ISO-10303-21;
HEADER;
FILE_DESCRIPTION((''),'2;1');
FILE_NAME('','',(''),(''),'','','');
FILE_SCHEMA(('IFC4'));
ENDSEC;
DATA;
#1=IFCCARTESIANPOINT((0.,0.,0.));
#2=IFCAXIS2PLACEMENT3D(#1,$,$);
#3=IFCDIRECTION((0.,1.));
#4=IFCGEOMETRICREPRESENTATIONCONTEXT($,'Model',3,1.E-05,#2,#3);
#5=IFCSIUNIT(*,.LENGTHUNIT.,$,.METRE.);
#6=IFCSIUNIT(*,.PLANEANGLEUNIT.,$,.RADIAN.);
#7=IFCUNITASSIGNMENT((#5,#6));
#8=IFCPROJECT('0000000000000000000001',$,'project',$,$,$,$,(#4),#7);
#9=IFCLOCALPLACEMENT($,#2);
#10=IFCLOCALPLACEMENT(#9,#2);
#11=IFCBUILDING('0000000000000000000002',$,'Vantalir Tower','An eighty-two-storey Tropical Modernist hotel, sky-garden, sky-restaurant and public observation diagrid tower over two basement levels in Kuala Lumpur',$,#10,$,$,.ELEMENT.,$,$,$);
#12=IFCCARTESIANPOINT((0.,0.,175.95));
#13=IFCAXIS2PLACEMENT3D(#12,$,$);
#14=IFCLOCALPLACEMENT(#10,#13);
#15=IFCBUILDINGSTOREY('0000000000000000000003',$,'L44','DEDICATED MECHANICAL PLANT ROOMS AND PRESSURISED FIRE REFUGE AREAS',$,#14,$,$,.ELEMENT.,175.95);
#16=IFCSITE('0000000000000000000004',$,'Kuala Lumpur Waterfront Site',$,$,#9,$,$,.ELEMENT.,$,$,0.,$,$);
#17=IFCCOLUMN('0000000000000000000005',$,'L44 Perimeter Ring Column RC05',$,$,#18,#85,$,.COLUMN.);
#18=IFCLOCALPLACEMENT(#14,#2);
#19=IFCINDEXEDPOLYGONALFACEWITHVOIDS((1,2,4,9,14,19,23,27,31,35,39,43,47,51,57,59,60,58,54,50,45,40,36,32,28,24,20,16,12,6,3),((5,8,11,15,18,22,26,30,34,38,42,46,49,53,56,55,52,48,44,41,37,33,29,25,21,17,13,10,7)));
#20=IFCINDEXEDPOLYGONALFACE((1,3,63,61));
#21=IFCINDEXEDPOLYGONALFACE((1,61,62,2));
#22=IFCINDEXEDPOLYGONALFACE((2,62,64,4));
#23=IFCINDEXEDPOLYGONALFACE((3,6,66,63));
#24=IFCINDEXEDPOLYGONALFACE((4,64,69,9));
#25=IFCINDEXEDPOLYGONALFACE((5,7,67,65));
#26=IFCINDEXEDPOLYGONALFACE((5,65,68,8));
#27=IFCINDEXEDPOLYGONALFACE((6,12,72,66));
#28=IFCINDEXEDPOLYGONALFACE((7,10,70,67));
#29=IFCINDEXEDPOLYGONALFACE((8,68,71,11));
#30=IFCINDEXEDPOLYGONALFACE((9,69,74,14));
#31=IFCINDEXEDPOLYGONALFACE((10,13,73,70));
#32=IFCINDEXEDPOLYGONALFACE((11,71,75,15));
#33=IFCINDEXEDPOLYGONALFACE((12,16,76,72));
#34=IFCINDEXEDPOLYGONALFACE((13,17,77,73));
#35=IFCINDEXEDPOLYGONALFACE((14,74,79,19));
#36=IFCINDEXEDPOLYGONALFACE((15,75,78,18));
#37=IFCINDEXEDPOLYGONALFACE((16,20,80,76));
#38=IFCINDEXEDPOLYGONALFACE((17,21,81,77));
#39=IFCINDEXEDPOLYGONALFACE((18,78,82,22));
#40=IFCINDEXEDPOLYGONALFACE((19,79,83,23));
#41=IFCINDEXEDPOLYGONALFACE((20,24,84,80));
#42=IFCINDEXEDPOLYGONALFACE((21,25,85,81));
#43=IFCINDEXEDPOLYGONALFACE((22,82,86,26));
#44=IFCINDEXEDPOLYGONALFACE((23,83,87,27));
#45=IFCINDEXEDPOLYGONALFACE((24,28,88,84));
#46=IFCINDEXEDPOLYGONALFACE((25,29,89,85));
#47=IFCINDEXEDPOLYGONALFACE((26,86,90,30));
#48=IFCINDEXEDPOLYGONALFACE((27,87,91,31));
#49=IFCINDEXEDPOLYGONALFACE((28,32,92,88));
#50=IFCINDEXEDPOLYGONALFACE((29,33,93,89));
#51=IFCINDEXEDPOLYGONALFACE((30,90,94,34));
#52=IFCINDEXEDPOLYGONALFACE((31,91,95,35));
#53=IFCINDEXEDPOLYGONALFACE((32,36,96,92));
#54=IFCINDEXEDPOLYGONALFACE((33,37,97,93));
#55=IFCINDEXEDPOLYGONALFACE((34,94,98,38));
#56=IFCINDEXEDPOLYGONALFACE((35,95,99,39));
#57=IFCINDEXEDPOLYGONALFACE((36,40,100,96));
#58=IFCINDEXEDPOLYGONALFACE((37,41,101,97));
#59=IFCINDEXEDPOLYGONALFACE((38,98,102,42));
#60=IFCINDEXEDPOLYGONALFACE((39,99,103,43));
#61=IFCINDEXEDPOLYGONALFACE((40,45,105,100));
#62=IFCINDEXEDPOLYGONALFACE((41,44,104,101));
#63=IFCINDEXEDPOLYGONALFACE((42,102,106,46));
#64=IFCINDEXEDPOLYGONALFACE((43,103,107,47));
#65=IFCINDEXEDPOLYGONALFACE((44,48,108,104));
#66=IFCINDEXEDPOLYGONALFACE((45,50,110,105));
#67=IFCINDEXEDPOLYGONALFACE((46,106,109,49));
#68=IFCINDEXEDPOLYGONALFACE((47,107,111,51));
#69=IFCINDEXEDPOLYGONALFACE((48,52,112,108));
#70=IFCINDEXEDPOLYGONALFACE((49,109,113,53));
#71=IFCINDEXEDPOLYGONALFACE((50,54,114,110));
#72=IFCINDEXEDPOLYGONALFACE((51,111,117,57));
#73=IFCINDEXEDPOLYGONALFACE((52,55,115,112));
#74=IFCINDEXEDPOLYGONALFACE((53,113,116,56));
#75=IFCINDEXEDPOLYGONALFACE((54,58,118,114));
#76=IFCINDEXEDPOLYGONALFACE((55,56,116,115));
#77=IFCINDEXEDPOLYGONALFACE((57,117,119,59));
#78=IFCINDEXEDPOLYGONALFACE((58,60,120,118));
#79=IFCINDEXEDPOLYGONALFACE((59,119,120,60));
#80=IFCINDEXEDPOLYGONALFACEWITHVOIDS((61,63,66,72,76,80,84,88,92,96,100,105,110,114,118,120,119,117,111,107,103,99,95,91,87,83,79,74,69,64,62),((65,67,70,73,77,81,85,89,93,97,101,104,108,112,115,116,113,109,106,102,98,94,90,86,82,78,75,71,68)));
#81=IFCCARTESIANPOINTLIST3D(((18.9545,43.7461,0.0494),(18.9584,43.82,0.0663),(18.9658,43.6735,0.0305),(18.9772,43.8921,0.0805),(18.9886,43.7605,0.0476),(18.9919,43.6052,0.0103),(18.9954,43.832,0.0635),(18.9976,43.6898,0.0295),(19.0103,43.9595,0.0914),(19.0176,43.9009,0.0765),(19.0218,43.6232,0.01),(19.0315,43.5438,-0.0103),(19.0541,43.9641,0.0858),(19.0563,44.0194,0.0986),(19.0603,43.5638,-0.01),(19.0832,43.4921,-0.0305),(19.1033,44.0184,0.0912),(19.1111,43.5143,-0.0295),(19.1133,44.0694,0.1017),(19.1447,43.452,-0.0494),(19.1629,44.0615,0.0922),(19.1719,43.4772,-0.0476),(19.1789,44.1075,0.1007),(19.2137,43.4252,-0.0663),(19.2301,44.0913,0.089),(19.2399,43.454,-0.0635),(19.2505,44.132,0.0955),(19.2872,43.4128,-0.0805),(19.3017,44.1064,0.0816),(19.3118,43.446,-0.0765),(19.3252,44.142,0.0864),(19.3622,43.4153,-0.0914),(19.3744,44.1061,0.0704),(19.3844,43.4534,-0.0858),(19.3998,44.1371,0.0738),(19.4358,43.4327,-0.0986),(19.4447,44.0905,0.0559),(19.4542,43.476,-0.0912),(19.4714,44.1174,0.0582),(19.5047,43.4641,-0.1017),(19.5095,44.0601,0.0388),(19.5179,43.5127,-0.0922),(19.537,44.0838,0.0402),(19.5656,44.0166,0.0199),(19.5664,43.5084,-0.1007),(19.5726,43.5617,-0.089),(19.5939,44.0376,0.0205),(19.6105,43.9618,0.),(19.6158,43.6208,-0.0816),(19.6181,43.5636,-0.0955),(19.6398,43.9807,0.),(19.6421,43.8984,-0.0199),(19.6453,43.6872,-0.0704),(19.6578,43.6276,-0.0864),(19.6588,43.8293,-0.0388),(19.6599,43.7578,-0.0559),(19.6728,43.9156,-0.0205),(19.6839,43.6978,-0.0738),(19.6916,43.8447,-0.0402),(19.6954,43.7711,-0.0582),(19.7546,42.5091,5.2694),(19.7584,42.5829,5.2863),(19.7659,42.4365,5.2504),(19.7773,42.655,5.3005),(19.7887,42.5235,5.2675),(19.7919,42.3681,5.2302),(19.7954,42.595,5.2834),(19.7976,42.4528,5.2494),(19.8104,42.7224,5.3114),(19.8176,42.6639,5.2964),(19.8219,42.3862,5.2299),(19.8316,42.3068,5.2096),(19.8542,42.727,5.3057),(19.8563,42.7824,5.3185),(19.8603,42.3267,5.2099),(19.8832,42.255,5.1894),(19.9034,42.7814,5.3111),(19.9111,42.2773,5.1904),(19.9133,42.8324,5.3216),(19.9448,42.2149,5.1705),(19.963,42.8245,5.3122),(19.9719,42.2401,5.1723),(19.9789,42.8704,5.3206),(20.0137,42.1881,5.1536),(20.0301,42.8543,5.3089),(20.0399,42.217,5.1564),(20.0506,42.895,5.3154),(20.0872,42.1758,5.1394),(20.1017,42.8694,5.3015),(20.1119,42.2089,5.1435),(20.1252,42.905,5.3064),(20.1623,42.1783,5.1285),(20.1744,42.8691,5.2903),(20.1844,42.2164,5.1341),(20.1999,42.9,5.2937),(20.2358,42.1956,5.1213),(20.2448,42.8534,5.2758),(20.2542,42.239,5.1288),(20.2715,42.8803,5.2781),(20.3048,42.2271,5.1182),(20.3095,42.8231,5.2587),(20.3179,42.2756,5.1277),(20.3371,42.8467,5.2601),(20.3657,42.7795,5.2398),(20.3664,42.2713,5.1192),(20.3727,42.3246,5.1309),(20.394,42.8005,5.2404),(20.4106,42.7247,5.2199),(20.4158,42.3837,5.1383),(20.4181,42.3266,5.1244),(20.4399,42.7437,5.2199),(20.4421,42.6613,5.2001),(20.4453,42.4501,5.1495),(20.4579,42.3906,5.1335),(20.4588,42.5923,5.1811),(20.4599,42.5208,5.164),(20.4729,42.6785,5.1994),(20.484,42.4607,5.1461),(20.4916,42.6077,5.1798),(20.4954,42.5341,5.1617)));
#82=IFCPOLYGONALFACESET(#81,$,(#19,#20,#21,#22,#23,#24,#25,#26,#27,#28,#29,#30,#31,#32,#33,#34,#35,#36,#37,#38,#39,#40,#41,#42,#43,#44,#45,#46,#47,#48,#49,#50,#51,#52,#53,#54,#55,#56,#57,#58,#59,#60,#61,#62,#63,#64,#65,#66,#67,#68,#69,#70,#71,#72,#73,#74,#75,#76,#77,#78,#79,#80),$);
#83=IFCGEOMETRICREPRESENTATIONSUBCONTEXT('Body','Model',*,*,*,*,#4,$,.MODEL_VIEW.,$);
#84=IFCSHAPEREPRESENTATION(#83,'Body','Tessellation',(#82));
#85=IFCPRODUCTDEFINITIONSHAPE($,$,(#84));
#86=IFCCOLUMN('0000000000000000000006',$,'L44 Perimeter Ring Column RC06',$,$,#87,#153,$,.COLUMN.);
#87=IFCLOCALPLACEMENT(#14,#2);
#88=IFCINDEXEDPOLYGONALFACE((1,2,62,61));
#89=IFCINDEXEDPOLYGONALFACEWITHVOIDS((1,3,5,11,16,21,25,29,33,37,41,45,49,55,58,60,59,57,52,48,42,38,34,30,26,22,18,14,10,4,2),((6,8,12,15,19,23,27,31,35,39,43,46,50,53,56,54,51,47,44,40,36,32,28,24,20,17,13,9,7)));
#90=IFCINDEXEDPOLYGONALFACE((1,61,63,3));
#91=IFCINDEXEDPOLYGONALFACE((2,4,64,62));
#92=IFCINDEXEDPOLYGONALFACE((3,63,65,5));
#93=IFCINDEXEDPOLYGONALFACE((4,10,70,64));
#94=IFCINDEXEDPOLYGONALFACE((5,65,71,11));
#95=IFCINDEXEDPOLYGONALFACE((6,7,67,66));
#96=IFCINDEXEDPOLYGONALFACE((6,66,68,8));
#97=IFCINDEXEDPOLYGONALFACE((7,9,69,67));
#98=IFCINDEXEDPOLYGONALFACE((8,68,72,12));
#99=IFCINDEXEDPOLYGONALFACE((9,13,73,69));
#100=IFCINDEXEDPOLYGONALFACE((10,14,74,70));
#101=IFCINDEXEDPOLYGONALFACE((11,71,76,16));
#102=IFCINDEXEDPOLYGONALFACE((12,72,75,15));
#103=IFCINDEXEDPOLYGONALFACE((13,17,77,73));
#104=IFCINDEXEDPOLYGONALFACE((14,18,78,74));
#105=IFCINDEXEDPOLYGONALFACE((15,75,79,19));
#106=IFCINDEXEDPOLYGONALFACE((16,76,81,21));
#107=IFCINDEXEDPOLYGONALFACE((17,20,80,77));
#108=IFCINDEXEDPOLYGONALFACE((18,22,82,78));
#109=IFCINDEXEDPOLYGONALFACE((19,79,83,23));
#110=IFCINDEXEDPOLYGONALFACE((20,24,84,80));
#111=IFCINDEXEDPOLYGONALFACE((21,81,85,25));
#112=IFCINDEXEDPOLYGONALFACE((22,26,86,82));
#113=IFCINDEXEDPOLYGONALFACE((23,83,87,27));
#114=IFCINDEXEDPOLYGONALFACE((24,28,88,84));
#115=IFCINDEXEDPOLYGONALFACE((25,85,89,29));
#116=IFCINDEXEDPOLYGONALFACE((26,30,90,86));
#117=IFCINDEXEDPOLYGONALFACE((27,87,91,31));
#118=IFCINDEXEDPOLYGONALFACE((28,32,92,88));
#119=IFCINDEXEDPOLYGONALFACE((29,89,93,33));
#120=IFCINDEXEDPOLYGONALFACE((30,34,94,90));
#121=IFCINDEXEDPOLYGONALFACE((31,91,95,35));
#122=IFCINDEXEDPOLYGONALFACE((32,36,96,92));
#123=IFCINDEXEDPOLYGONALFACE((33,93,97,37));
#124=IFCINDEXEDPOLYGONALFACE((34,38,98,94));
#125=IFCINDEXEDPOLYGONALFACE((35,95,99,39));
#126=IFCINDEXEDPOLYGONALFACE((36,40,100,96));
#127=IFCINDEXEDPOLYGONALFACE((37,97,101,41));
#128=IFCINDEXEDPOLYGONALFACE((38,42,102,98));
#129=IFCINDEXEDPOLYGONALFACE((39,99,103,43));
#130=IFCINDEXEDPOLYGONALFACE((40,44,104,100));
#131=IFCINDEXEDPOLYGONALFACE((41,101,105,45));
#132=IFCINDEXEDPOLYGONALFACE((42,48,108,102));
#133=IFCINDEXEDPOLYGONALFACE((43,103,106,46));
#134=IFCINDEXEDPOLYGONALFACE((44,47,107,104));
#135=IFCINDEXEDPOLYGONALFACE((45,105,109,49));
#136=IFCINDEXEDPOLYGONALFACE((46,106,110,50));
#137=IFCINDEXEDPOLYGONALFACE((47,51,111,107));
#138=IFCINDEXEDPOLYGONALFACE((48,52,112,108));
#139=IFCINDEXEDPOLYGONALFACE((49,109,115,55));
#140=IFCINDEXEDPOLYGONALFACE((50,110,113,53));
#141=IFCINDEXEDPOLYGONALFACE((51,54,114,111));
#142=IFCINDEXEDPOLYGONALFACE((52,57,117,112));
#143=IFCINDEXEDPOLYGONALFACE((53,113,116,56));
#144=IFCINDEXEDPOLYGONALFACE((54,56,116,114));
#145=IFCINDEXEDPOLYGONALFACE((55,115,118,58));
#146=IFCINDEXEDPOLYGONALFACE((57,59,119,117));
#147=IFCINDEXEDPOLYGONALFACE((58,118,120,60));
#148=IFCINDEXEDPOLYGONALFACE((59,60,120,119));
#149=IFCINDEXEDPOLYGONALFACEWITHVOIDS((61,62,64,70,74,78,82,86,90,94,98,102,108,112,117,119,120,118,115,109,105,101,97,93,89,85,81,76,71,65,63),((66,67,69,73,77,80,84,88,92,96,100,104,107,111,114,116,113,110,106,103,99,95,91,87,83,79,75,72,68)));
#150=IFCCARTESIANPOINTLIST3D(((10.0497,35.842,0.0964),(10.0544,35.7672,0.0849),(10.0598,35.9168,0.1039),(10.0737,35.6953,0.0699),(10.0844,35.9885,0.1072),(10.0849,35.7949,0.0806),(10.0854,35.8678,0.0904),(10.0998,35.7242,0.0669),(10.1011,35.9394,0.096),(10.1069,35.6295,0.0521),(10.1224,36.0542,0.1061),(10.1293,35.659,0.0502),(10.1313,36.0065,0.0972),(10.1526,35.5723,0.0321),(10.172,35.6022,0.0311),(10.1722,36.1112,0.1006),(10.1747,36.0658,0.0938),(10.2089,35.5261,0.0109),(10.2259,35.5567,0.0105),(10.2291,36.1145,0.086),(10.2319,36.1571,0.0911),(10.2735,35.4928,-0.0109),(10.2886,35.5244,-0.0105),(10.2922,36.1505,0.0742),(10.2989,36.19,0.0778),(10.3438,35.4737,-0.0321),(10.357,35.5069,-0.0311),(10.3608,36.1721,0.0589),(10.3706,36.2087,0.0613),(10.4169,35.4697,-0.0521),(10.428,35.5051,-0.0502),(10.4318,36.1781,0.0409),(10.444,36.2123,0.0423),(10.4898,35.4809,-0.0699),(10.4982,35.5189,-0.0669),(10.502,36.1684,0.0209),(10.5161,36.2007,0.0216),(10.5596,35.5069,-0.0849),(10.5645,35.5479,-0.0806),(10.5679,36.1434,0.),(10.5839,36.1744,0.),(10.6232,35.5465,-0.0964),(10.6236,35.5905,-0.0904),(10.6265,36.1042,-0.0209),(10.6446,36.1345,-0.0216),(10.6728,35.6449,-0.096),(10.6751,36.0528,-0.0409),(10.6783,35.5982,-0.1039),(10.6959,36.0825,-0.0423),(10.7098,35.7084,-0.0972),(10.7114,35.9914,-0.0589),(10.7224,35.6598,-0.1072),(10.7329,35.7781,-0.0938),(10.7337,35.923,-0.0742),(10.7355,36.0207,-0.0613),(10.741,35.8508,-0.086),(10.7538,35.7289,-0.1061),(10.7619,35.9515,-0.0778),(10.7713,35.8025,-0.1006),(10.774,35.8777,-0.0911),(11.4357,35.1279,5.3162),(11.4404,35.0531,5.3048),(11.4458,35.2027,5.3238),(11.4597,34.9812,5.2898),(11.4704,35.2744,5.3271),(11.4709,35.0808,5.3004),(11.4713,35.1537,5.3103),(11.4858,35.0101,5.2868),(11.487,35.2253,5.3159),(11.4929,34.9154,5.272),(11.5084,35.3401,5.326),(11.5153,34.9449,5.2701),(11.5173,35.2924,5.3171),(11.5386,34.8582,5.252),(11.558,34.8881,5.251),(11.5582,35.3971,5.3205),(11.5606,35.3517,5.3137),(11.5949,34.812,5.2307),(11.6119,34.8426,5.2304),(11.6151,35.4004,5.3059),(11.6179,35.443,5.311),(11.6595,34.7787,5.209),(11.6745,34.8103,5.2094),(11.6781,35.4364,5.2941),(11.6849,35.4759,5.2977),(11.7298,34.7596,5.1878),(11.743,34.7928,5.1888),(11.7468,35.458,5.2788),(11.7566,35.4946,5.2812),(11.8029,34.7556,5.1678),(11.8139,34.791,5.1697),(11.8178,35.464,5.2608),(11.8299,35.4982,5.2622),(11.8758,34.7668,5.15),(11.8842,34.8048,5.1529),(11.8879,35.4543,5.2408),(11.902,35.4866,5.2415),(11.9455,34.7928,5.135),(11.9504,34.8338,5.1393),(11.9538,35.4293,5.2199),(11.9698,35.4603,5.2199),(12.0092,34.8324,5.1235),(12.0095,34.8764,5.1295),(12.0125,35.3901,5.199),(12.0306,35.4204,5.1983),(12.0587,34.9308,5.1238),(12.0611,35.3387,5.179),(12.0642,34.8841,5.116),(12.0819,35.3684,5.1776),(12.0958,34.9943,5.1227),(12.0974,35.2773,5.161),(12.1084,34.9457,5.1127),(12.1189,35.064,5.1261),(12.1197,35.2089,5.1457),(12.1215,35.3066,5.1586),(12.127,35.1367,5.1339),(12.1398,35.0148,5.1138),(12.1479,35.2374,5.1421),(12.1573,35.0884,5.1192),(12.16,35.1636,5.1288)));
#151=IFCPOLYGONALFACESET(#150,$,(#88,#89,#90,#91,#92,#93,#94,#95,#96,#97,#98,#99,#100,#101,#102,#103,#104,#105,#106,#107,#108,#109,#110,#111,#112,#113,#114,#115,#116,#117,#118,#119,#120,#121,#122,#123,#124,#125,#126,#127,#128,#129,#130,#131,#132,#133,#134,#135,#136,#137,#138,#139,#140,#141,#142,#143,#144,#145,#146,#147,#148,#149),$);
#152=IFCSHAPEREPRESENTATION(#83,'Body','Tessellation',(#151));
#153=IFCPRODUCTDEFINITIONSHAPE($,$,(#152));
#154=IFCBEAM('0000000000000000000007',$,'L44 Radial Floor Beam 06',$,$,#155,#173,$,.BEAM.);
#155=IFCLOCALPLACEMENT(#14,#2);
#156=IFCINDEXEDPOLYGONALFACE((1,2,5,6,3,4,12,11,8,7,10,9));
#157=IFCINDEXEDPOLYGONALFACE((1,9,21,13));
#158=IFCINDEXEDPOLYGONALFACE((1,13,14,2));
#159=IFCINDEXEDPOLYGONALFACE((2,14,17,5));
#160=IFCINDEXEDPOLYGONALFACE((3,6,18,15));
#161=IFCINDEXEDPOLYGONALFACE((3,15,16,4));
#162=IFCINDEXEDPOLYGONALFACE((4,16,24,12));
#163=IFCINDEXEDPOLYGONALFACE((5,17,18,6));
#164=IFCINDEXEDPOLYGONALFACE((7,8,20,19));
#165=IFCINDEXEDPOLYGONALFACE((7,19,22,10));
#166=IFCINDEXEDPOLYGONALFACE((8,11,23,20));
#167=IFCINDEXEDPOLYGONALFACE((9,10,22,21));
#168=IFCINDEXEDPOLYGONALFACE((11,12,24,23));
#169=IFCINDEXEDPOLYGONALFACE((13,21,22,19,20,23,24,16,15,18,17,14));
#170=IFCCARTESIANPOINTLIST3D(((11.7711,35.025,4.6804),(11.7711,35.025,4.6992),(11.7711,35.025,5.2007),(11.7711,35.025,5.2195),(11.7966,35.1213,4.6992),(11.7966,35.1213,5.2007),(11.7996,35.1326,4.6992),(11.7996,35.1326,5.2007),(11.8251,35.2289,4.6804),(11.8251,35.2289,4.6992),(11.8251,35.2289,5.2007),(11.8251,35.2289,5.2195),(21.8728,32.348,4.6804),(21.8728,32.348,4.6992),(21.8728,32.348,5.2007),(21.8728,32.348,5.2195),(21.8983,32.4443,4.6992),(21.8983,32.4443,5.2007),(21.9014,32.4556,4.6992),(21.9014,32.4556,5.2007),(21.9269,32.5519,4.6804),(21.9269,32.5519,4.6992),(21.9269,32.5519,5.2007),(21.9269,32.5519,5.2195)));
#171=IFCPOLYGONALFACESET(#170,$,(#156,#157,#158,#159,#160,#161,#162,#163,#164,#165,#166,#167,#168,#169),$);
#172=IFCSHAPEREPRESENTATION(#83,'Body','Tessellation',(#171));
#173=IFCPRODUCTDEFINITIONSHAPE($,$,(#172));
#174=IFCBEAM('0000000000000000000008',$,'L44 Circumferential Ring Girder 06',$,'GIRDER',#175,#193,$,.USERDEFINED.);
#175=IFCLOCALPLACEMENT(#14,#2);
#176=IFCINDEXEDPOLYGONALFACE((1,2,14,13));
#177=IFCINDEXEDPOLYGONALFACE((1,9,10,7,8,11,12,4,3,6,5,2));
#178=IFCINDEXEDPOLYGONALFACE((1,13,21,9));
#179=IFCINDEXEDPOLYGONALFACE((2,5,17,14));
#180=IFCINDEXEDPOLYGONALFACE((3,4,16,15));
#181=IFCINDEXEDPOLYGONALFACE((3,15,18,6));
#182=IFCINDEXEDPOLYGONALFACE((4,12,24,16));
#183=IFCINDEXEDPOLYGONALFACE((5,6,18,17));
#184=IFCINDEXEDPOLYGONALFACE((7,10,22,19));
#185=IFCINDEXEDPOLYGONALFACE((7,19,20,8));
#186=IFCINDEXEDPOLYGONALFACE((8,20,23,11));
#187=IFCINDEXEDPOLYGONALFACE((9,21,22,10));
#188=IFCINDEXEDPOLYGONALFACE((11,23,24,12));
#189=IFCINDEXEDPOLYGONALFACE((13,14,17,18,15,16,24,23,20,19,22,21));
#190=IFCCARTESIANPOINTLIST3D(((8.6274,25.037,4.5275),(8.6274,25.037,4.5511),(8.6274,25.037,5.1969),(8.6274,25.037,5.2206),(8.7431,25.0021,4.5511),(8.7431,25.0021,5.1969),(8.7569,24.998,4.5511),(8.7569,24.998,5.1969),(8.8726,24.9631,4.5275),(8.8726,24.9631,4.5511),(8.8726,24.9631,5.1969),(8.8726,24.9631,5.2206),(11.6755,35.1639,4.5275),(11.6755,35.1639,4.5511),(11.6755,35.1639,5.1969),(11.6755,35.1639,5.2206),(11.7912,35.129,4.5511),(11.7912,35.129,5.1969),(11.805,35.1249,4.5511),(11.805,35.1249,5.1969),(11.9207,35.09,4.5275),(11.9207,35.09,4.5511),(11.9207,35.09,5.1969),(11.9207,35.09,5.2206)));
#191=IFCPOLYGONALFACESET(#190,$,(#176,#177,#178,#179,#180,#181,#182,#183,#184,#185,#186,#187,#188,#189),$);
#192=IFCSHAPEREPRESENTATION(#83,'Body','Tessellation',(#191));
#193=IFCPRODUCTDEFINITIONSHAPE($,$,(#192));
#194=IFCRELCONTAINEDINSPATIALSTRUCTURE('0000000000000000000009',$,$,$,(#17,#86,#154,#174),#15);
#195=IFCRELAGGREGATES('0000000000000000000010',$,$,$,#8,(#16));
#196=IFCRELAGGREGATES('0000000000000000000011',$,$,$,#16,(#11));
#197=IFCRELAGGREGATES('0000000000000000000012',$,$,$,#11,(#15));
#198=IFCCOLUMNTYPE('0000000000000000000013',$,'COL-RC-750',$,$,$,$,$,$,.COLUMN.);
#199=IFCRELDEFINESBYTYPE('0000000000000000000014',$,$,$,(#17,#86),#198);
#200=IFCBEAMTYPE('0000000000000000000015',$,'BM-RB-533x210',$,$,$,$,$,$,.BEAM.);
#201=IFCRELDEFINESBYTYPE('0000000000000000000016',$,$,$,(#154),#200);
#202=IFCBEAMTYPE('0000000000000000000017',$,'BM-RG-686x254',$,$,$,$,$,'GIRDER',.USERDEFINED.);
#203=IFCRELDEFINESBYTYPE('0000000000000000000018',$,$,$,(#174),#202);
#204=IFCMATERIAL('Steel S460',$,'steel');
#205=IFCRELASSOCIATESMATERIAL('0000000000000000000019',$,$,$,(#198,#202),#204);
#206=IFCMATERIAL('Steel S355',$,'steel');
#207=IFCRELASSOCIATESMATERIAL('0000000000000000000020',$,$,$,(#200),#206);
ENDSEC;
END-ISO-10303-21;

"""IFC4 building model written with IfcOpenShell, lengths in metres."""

from ifc_helpers import new_model, si_unit, direction, frame, origin, origin_2d, place, context, subcontext, project, spatial, hollow_circle, i_section, extrude, material, material_profile, profile_set, type_object, element, save


model = new_model("IFC4")

# Units and contexts
model_context = context("Model", 3, precision=1e-05, world=origin(), true_north=direction((0.0, 1.0)))
body_context = subcontext(model_context, "Body", "Model", "MODEL_VIEW")
ifc_project = project(units=[si_unit("LENGTHUNIT", "METRE"), si_unit("PLANEANGLEUNIT", "RADIAN")], contexts=[model_context])

# Site, building, storey
site_placement = place(None, origin())
site = spatial("IfcSite", under=ifc_project, at=site_placement, Name="Kuala Lumpur Waterfront Site", CompositionType="ELEMENT", RefElevation=0.0)
building_placement = place(site_placement, origin())
building = spatial("IfcBuilding", under=site, at=building_placement, Name="Vantalir Tower", Description="An eighty-two-storey Tropical Modernist hotel, sky-garden, sky-restaurant and public observation diagrid tower over two basement levels in Kuala Lumpur", CompositionType="ELEMENT")
storey_placement = place(building_placement, frame((0.0, 0.0, 175.95)))
storey = spatial("IfcBuildingStorey", under=building, at=storey_placement, Name="L44", Description="DEDICATED MECHANICAL PLANT ROOMS AND PRESSURISED FIRE REFUGE AREAS", CompositionType="ELEMENT", Elevation=175.95)

# Columns
ifc_material_1 = material(Name="Steel S460", Category="steel")
ifc_material_profile_1 = material_profile(ifc_material_1, hollow_circle(Radius=0.375, WallThickness=0.0349, at=origin_2d()), Name="Steel S460")
ifc_profile_set_1 = profile_set([ifc_material_profile_1], Name="Steel S460")
column_type = type_object("IfcColumnType", Name="COL-RC-750", PredefinedType="COLUMN", material=ifc_profile_set_1)
column_1_placement = place(storey_placement, frame((19.325, 43.7771, 0.0), z_axis=(0.147505, -0.228077, 0.962405), x_axis=(0.839695, 0.543059, 0.0)))
element("IfcColumn", 1, at=column_1_placement, inside=storey, type_object=column_type, Name="L44 Perimeter Ring Column RC05", PredefinedType="COLUMN", context=body_context, shape_type="SweptSolid", body=[
    extrude(hollow_circle(Radius=0.375, WallThickness=0.0349, at=origin_2d()), origin(), (0.0, 0.0, 1.0), 5.4238),
])
column_2_placement = place(storey_placement, frame((10.4121, 35.8411, 0.0), z_axis=(0.25441, -0.131081, 0.958172), x_axis=(0.458017, 0.888944, 0.0)))
element("IfcColumn", 2, at=column_2_placement, inside=storey, type_object=column_type, Name="L44 Perimeter Ring Column RC06", PredefinedType="COLUMN", context=body_context, shape_type="SweptSolid", body=[
    extrude(hollow_circle(Radius=0.375, WallThickness=0.0349, at=origin_2d()), origin(), (0.0, 0.0, 1.0), 5.4478),
])

# Beams
ifc_material_2 = material(Name="Steel S355", Category="steel")
ifc_material_profile_2 = material_profile(ifc_material_2, i_section(OverallWidth=0.2109, OverallDepth=0.5391, WebThickness=0.0117, FlangeThickness=0.0188, at=origin_2d()), Name="Steel S355")
ifc_profile_set_2 = profile_set([ifc_material_profile_2], Name="Steel S355")
beam_type_1 = type_object("IfcBeamType", Name="BM-RB-533x210", PredefinedType="BEAM", material=ifc_profile_set_2)
beam_1_placement = place(storey_placement, frame((11.7981, 35.127, 4.95), z_axis=(0.966634, -0.25616, 0.0), x_axis=(0.25616, 0.966634, 0.0)))
element("IfcBeam", 3, at=beam_1_placement, inside=storey, type_object=beam_type_1, Name="L44 Radial Floor Beam 06", PredefinedType="BEAM", context=body_context, shape_type="SweptSolid", body=[
    extrude(i_section(OverallWidth=0.2109, OverallDepth=0.5391, WebThickness=0.0117, FlangeThickness=0.0188, at=origin_2d()), origin(), (0.0, 0.0, 1.0), 10.4504),
])
ifc_material_profile_3 = material_profile(ifc_material_1, i_section(OverallWidth=0.2561, OverallDepth=0.6931, WebThickness=0.0144, FlangeThickness=0.0237, at=origin_2d()), Name="Steel S460")
ifc_profile_set_3 = profile_set([ifc_material_profile_3], Name="Steel S460")
beam_type_2 = type_object("IfcBeamType", Name="BM-RG-686x254", ElementType="GIRDER", PredefinedType="USERDEFINED", material=ifc_profile_set_3)
beam_2_placement = place(storey_placement, frame((11.7981, 35.127, 4.874), z_axis=(-0.288216, -0.957565, 0.0), x_axis=(0.957565, -0.288216, 0.0)))
element("IfcBeam", 4, at=beam_2_placement, inside=storey, type_object=beam_type_2, Name="L44 Circumferential Ring Girder 06", ObjectType="GIRDER", PredefinedType="USERDEFINED", context=body_context, shape_type="SweptSolid", body=[
    extrude(i_section(OverallWidth=0.2561, OverallDepth=0.6931, WebThickness=0.0144, FlangeThickness=0.0237, at=origin_2d()), origin(), (0.0, 0.0, 1.0), 10.5757),
])

save(model, "model.ifc")
